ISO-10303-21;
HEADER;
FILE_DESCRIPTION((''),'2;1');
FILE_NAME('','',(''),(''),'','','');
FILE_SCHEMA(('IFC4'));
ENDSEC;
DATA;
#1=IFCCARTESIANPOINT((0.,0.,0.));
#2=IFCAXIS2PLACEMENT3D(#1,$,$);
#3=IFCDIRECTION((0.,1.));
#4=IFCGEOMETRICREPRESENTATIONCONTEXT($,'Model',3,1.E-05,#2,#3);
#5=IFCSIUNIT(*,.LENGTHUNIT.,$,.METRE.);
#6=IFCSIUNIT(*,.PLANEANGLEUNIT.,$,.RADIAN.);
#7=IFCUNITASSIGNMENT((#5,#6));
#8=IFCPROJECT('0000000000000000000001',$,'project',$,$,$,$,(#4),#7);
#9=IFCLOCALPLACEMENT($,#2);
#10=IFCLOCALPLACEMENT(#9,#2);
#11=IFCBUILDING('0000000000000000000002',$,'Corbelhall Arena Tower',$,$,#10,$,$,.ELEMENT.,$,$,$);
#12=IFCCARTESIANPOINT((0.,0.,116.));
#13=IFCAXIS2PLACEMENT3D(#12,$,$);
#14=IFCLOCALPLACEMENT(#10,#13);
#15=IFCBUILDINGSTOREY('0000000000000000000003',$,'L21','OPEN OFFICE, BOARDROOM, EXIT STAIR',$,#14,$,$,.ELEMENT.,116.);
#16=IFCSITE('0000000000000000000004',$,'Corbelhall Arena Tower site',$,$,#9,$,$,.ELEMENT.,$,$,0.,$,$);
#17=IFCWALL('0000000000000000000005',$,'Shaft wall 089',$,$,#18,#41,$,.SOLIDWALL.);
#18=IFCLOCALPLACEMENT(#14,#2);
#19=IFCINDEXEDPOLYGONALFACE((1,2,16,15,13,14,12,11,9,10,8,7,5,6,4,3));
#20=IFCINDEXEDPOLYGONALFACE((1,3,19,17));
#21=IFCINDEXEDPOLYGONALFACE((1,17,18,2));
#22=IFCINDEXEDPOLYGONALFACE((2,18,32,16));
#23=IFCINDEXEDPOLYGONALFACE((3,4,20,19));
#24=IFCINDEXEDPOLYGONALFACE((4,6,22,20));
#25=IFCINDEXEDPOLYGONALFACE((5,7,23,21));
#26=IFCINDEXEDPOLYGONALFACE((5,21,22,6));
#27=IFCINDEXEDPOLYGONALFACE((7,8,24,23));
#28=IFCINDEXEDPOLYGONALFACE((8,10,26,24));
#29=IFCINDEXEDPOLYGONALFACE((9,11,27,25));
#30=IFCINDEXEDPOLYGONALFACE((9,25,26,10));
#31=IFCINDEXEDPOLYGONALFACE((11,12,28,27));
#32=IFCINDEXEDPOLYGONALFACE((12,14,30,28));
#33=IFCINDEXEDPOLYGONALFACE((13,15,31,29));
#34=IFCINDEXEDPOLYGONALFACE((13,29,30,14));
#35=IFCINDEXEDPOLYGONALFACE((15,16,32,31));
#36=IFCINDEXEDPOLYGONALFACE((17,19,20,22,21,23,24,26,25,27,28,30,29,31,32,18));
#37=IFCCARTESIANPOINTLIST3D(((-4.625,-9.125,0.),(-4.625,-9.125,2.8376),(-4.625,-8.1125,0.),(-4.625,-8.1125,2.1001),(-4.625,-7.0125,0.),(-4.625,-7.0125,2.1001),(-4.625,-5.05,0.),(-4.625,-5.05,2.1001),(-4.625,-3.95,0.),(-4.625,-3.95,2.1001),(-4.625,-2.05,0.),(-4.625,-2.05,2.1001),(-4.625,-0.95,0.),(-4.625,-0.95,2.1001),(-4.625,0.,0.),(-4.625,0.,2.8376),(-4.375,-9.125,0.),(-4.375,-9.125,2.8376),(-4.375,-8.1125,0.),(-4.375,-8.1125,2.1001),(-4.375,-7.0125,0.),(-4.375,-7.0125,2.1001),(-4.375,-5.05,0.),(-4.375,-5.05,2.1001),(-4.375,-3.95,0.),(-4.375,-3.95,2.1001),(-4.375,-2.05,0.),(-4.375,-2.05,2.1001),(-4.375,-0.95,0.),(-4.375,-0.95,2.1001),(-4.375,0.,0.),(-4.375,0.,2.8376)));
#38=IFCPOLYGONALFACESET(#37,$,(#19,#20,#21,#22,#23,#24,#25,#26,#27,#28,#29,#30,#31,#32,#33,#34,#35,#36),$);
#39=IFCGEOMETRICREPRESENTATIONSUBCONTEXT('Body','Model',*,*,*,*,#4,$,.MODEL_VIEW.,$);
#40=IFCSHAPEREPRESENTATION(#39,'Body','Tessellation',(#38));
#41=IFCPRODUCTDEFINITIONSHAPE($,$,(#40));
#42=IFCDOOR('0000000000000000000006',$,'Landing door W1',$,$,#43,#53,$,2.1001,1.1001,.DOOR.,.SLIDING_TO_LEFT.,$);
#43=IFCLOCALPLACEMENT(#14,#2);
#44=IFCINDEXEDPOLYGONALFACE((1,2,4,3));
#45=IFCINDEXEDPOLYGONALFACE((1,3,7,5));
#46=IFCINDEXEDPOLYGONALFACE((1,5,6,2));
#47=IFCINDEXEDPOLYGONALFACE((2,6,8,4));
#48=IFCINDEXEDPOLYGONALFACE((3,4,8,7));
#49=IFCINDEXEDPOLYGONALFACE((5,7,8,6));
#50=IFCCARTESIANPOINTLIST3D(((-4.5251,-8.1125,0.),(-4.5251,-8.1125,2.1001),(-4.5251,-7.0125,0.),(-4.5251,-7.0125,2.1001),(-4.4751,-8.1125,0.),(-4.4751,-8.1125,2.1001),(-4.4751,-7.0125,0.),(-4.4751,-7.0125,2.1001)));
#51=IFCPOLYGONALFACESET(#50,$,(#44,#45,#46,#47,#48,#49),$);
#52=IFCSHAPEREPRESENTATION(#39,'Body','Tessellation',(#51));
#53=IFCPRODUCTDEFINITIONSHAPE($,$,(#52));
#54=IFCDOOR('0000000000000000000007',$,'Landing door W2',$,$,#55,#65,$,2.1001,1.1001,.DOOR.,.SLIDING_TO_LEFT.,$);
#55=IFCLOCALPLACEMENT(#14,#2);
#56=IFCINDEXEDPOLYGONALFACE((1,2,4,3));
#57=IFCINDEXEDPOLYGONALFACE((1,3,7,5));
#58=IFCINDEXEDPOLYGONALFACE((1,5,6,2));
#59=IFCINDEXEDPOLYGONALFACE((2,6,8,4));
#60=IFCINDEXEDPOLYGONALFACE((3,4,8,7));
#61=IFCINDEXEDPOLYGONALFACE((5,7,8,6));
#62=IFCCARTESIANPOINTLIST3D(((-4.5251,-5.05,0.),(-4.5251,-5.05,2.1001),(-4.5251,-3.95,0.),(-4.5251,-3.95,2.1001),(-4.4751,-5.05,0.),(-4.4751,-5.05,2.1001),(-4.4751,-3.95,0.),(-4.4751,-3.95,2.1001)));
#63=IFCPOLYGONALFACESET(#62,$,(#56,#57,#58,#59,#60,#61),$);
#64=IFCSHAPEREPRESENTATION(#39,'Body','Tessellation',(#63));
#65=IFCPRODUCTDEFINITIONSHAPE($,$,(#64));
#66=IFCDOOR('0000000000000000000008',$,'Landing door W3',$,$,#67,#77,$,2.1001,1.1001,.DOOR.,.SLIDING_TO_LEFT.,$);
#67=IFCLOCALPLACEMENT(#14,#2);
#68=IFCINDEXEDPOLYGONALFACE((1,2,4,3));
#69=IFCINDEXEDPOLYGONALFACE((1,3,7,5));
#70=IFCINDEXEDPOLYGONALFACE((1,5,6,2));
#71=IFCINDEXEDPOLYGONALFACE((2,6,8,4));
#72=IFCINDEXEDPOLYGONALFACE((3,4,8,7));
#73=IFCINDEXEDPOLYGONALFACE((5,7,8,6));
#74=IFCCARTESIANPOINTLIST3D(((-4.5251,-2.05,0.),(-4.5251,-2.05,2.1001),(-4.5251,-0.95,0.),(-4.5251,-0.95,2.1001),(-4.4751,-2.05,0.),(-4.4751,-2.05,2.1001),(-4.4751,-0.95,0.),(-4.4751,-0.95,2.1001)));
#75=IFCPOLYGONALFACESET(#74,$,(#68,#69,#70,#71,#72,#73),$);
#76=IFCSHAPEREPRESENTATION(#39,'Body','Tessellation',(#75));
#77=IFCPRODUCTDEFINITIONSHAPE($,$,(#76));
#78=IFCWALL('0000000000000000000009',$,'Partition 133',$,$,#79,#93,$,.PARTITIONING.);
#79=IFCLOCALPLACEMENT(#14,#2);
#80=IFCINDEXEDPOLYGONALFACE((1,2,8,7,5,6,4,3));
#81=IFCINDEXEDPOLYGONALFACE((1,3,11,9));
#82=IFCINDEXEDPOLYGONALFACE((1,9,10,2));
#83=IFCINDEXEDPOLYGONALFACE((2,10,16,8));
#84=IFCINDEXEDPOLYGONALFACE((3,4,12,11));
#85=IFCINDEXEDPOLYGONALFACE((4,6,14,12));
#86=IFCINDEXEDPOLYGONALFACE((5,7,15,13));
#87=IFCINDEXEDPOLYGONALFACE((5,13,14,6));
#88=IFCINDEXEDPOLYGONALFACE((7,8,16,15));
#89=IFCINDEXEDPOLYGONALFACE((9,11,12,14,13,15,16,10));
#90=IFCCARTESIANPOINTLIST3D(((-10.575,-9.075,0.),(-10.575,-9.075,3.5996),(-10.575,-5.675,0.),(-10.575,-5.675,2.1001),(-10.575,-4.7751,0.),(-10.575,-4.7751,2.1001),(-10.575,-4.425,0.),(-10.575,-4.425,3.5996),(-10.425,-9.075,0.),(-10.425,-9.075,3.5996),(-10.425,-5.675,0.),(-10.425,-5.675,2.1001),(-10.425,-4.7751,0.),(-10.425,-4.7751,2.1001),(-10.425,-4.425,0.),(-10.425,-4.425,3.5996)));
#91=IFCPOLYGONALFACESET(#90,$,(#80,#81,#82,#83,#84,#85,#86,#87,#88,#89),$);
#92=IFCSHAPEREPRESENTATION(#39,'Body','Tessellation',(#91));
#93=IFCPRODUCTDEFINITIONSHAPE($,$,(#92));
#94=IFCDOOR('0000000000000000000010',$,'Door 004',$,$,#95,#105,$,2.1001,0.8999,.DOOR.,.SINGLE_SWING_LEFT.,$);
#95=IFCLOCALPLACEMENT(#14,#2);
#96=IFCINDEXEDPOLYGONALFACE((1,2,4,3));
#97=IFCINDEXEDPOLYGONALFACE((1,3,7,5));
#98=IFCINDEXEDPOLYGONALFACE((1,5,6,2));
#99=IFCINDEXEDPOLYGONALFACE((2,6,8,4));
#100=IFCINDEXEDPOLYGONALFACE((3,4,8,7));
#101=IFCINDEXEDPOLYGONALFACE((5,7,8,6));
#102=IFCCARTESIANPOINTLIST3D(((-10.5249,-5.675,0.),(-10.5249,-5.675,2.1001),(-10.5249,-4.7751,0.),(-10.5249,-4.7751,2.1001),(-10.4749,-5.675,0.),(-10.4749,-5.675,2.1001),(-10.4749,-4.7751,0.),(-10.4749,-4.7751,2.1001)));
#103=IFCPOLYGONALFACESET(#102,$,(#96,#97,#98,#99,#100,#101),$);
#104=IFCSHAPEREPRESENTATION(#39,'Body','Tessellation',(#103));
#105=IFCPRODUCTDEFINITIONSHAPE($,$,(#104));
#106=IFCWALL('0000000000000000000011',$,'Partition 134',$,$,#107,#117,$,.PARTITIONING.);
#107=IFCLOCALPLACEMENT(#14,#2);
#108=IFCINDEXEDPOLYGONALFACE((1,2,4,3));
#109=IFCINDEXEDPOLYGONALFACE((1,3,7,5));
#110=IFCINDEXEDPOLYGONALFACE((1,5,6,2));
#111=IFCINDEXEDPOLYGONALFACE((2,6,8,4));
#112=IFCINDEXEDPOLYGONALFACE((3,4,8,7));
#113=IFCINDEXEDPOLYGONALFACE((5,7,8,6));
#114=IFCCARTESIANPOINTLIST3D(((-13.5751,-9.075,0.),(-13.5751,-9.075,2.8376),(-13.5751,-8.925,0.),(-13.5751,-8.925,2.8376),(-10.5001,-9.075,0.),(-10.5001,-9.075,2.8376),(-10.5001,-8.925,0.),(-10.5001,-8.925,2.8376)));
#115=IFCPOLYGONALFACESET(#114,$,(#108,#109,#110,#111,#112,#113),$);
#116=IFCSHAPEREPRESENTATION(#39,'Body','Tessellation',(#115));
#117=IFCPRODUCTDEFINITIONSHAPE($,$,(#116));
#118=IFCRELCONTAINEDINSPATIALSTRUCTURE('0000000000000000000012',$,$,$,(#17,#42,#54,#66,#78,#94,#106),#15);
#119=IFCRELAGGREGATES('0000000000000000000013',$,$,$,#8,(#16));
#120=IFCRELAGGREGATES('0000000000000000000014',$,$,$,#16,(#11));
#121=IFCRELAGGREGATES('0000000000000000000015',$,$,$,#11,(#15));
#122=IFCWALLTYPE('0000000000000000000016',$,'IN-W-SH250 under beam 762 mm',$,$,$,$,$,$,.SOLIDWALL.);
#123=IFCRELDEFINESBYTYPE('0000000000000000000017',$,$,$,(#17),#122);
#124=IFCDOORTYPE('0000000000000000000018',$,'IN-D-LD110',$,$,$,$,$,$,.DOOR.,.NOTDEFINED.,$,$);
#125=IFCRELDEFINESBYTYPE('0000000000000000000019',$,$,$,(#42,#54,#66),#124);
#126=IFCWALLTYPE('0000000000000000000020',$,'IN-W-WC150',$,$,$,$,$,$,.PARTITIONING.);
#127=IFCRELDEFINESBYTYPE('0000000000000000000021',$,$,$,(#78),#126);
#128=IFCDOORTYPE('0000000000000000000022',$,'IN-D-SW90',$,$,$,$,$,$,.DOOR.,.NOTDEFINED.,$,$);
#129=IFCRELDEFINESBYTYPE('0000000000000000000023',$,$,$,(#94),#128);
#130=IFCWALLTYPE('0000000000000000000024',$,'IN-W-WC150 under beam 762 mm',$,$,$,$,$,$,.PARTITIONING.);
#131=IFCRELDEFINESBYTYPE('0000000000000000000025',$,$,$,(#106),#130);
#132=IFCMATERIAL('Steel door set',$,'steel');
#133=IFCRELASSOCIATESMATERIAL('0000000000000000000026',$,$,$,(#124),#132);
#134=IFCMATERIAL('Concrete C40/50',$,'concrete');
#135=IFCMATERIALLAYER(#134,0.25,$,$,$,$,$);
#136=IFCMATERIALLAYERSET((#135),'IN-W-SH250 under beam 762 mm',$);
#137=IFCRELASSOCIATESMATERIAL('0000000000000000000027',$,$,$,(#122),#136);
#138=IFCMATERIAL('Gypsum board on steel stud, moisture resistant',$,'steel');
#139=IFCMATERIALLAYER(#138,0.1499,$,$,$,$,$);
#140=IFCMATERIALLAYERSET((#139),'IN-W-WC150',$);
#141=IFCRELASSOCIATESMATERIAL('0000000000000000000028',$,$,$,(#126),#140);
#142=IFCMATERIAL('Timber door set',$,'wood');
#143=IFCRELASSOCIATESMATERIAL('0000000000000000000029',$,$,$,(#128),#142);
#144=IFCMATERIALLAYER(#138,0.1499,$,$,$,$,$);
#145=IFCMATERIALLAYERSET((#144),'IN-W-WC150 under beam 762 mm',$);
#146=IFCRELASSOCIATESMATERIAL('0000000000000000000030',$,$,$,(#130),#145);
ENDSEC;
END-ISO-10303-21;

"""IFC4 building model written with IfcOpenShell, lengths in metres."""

from ifc_helpers import new_model, si_unit, direction, frame, frame_2d, origin, place, context, subcontext, project, spatial, rectangle, extrude, material, layer, layer_set, type_object, element, fill, save


model = new_model("IFC4")

# Units and contexts
model_context = context("Model", 3, precision=1e-05, world=origin(), true_north=direction((0.0, 1.0)))
body_context = subcontext(model_context, "Body", "Model", "MODEL_VIEW")
ifc_project = project(units=[si_unit("LENGTHUNIT", "METRE"), si_unit("PLANEANGLEUNIT", "RADIAN")], contexts=[model_context])

# Site, building, storey
site_placement = place(None, origin())
site = spatial("IfcSite", under=ifc_project, at=site_placement, Name="Corbelhall Arena Tower site", CompositionType="ELEMENT", RefElevation=0.0)
building_placement = place(site_placement, origin())
building = spatial("IfcBuilding", under=site, at=building_placement, Name="Corbelhall Arena Tower", CompositionType="ELEMENT")
storey_placement = place(building_placement, frame((0.0, 0.0, 116.0)))
storey = spatial("IfcBuildingStorey", under=building, at=storey_placement, Name="L21", Description="OPEN OFFICE, BOARDROOM, EXIT STAIR", CompositionType="ELEMENT", Elevation=116.0)

# Shared definitions
ifc_material_1 = material(Name="Steel door set", Category="steel")

# Shared definitions
ifc_material_2 = material(Name="Concrete C40/50", Category="concrete")
door_type_1 = type_object("IfcDoorType", Name="IN-D-LD110", OperationType="NOTDEFINED", PredefinedType="DOOR", material=ifc_material_1)

# Shared definitions
ifc_layer_1 = layer(ifc_material_2, 0.25)
ifc_layer_set_1 = layer_set([ifc_layer_1], Name="IN-W-SH250 under beam 762 mm")
wall_type_1 = type_object("IfcWallType", Name="IN-W-SH250 under beam 762 mm", PredefinedType="SOLIDWALL", material=ifc_layer_set_1)

# Wall, openings, doors
wall_1_placement = place(storey_placement, frame((-4.5, 0.0, 0.0), z_axis=(0.0, 0.0, 1.0), x_axis=(0.0, -1.0, 0.0)))
wall_1 = element("IfcWall", 1, at=wall_1_placement, inside=storey, type_object=wall_type_1, Name="Shaft wall 089", PredefinedType="SOLIDWALL", context=body_context, shape_type="SweptSolid", body=[
    extrude(rectangle(XDim=9.125, YDim=0.25, at=frame_2d((4.5625, 0.0))), origin(), (0.0, 0.0, 1.0), 2.8376),
])
opening_1_placement = place(wall_1_placement, frame((7.0125, 0.0, 0.0)))
opening_1 = element("IfcOpeningElement", 2, at=opening_1_placement, cuts=wall_1, PredefinedType="OPENING", context=body_context, shape_type="SweptSolid", body=[
    extrude(rectangle(XDim=1.1001, YDim=2.1001, at=frame_2d((0.55, 1.05))), frame((0.0, 0.125, 0.0), z_axis=(0.0, -1.0, 0.0), x_axis=(1.0, 0.0, 0.0)), (0.0, 0.0, 1.0), 0.25),
])
opening_2_placement = place(wall_1_placement, frame((3.95, 0.0, 0.0)))
opening_2 = element("IfcOpeningElement", 3, at=opening_2_placement, cuts=wall_1, PredefinedType="OPENING", context=body_context, shape_type="SweptSolid", body=[
    extrude(rectangle(XDim=1.1001, YDim=2.1001, at=frame_2d((0.55, 1.05))), frame((0.0, 0.125, 0.0), z_axis=(0.0, -1.0, 0.0), x_axis=(1.0, 0.0, 0.0)), (0.0, 0.0, 1.0), 0.25),
])
opening_3_placement = place(wall_1_placement, frame((0.95, 0.0, 0.0)))
opening_3 = element("IfcOpeningElement", 4, at=opening_3_placement, cuts=wall_1, PredefinedType="OPENING", context=body_context, shape_type="SweptSolid", body=[
    extrude(rectangle(XDim=1.1001, YDim=2.1001, at=frame_2d((0.55, 1.05))), frame((0.0, 0.125, 0.0), z_axis=(0.0, -1.0, 0.0), x_axis=(1.0, 0.0, 0.0)), (0.0, 0.0, 1.0), 0.25),
])
door_1_placement = place(opening_1_placement, origin())
door_1 = element("IfcDoor", 5, at=door_1_placement, inside=storey, type_object=door_type_1, Name="Landing door W1", OperationType="SLIDING_TO_LEFT", OverallHeight=2.1001, OverallWidth=1.1001, PredefinedType="DOOR", context=body_context, shape_type="SweptSolid", body=[
    extrude(rectangle(XDim=1.1001, YDim=2.1001, at=frame_2d((0.55, 1.05))), frame((0.0, 0.0249, 0.0), z_axis=(0.0, -1.0, 0.0), x_axis=(1.0, 0.0, 0.0)), (0.0, 0.0, 1.0), 0.05),
])
fill(opening_1, door_1)
door_2_placement = place(opening_2_placement, origin())
door_2 = element("IfcDoor", 6, at=door_2_placement, inside=storey, type_object=door_type_1, Name="Landing door W2", OperationType="SLIDING_TO_LEFT", OverallHeight=2.1001, OverallWidth=1.1001, PredefinedType="DOOR", context=body_context, shape_type="SweptSolid", body=[
    extrude(rectangle(XDim=1.1001, YDim=2.1001, at=frame_2d((0.55, 1.05))), frame((0.0, 0.0249, 0.0), z_axis=(0.0, -1.0, 0.0), x_axis=(1.0, 0.0, 0.0)), (0.0, 0.0, 1.0), 0.05),
])
fill(opening_2, door_2)
door_3_placement = place(opening_3_placement, origin())
door_3 = element("IfcDoor", 7, at=door_3_placement, inside=storey, type_object=door_type_1, Name="Landing door W3", OperationType="SLIDING_TO_LEFT", OverallHeight=2.1001, OverallWidth=1.1001, PredefinedType="DOOR", context=body_context, shape_type="SweptSolid", body=[
    extrude(rectangle(XDim=1.1001, YDim=2.1001, at=frame_2d((0.55, 1.05))), frame((0.0, 0.0249, 0.0), z_axis=(0.0, -1.0, 0.0), x_axis=(1.0, 0.0, 0.0)), (0.0, 0.0, 1.0), 0.05),
])
fill(opening_3, door_3)

# Wall, opening, door
ifc_material_3 = material(Name="Gypsum board on steel stud, moisture resistant", Category="steel")
ifc_layer_2 = layer(ifc_material_3, 0.1499)
ifc_layer_set_2 = layer_set([ifc_layer_2], Name="IN-W-WC150")
wall_type_2 = type_object("IfcWallType", Name="IN-W-WC150", PredefinedType="PARTITIONING", material=ifc_layer_set_2)
wall_2_placement = place(storey_placement, frame((-10.5, -9.075, 0.0), z_axis=(0.0, 0.0, 1.0), x_axis=(0.0, 1.0, 0.0)))
wall_2 = element("IfcWall", 8, at=wall_2_placement, inside=storey, type_object=wall_type_2, Name="Partition 133", PredefinedType="PARTITIONING", context=body_context, shape_type="SweptSolid", body=[
    extrude(rectangle(XDim=4.6499, YDim=0.1499, at=frame_2d((2.325, 0.0))), origin(), (0.0, 0.0, 1.0), 3.5996),
])
opening_4_placement = place(wall_2_placement, frame((3.3999, 0.0, 0.0)))
opening_4 = element("IfcOpeningElement", 9, at=opening_4_placement, cuts=wall_2, PredefinedType="OPENING", context=body_context, shape_type="SweptSolid", body=[
    extrude(rectangle(XDim=0.8999, YDim=2.1001, at=frame_2d((0.45, 1.05))), frame((0.0, 0.075, 0.0), z_axis=(0.0, -1.0, 0.0), x_axis=(1.0, 0.0, 0.0)), (0.0, 0.0, 1.0), 0.1499),
])
ifc_material_4 = material(Name="Timber door set", Category="wood")
door_type_2 = type_object("IfcDoorType", Name="IN-D-SW90", OperationType="NOTDEFINED", PredefinedType="DOOR", material=ifc_material_4)
door_4_placement = place(opening_4_placement, origin())
door_4 = element("IfcDoor", 10, at=door_4_placement, inside=storey, type_object=door_type_2, Name="Door 004", OperationType="SINGLE_SWING_LEFT", OverallHeight=2.1001, OverallWidth=0.8999, PredefinedType="DOOR", context=body_context, shape_type="SweptSolid", body=[
    extrude(rectangle(XDim=0.8999, YDim=2.1001, at=frame_2d((0.45, 1.05))), frame((0.0, 0.0249, 0.0), z_axis=(0.0, -1.0, 0.0), x_axis=(1.0, 0.0, 0.0)), (0.0, 0.0, 1.0), 0.05),
])
fill(opening_4, door_4)

# Wall
ifc_layer_3 = layer(ifc_material_3, 0.1499)
ifc_layer_set_3 = layer_set([ifc_layer_3], Name="IN-W-WC150 under beam 762 mm")
wall_type_3 = type_object("IfcWallType", Name="IN-W-WC150 under beam 762 mm", PredefinedType="PARTITIONING", material=ifc_layer_set_3)
wall_3_placement = place(storey_placement, frame((-10.5, -9.0, 0.0), z_axis=(0.0, 0.0, 1.0), x_axis=(-1.0, 0.0, 0.0)))
element("IfcWall", 11, at=wall_3_placement, inside=storey, type_object=wall_type_3, Name="Partition 134", PredefinedType="PARTITIONING", context=body_context, shape_type="SweptSolid", body=[
    extrude(rectangle(XDim=3.075, YDim=0.1499, at=frame_2d((1.5376, 0.0))), origin(), (0.0, 0.0, 1.0), 2.8376),
])

save(model, "model.ifc")
